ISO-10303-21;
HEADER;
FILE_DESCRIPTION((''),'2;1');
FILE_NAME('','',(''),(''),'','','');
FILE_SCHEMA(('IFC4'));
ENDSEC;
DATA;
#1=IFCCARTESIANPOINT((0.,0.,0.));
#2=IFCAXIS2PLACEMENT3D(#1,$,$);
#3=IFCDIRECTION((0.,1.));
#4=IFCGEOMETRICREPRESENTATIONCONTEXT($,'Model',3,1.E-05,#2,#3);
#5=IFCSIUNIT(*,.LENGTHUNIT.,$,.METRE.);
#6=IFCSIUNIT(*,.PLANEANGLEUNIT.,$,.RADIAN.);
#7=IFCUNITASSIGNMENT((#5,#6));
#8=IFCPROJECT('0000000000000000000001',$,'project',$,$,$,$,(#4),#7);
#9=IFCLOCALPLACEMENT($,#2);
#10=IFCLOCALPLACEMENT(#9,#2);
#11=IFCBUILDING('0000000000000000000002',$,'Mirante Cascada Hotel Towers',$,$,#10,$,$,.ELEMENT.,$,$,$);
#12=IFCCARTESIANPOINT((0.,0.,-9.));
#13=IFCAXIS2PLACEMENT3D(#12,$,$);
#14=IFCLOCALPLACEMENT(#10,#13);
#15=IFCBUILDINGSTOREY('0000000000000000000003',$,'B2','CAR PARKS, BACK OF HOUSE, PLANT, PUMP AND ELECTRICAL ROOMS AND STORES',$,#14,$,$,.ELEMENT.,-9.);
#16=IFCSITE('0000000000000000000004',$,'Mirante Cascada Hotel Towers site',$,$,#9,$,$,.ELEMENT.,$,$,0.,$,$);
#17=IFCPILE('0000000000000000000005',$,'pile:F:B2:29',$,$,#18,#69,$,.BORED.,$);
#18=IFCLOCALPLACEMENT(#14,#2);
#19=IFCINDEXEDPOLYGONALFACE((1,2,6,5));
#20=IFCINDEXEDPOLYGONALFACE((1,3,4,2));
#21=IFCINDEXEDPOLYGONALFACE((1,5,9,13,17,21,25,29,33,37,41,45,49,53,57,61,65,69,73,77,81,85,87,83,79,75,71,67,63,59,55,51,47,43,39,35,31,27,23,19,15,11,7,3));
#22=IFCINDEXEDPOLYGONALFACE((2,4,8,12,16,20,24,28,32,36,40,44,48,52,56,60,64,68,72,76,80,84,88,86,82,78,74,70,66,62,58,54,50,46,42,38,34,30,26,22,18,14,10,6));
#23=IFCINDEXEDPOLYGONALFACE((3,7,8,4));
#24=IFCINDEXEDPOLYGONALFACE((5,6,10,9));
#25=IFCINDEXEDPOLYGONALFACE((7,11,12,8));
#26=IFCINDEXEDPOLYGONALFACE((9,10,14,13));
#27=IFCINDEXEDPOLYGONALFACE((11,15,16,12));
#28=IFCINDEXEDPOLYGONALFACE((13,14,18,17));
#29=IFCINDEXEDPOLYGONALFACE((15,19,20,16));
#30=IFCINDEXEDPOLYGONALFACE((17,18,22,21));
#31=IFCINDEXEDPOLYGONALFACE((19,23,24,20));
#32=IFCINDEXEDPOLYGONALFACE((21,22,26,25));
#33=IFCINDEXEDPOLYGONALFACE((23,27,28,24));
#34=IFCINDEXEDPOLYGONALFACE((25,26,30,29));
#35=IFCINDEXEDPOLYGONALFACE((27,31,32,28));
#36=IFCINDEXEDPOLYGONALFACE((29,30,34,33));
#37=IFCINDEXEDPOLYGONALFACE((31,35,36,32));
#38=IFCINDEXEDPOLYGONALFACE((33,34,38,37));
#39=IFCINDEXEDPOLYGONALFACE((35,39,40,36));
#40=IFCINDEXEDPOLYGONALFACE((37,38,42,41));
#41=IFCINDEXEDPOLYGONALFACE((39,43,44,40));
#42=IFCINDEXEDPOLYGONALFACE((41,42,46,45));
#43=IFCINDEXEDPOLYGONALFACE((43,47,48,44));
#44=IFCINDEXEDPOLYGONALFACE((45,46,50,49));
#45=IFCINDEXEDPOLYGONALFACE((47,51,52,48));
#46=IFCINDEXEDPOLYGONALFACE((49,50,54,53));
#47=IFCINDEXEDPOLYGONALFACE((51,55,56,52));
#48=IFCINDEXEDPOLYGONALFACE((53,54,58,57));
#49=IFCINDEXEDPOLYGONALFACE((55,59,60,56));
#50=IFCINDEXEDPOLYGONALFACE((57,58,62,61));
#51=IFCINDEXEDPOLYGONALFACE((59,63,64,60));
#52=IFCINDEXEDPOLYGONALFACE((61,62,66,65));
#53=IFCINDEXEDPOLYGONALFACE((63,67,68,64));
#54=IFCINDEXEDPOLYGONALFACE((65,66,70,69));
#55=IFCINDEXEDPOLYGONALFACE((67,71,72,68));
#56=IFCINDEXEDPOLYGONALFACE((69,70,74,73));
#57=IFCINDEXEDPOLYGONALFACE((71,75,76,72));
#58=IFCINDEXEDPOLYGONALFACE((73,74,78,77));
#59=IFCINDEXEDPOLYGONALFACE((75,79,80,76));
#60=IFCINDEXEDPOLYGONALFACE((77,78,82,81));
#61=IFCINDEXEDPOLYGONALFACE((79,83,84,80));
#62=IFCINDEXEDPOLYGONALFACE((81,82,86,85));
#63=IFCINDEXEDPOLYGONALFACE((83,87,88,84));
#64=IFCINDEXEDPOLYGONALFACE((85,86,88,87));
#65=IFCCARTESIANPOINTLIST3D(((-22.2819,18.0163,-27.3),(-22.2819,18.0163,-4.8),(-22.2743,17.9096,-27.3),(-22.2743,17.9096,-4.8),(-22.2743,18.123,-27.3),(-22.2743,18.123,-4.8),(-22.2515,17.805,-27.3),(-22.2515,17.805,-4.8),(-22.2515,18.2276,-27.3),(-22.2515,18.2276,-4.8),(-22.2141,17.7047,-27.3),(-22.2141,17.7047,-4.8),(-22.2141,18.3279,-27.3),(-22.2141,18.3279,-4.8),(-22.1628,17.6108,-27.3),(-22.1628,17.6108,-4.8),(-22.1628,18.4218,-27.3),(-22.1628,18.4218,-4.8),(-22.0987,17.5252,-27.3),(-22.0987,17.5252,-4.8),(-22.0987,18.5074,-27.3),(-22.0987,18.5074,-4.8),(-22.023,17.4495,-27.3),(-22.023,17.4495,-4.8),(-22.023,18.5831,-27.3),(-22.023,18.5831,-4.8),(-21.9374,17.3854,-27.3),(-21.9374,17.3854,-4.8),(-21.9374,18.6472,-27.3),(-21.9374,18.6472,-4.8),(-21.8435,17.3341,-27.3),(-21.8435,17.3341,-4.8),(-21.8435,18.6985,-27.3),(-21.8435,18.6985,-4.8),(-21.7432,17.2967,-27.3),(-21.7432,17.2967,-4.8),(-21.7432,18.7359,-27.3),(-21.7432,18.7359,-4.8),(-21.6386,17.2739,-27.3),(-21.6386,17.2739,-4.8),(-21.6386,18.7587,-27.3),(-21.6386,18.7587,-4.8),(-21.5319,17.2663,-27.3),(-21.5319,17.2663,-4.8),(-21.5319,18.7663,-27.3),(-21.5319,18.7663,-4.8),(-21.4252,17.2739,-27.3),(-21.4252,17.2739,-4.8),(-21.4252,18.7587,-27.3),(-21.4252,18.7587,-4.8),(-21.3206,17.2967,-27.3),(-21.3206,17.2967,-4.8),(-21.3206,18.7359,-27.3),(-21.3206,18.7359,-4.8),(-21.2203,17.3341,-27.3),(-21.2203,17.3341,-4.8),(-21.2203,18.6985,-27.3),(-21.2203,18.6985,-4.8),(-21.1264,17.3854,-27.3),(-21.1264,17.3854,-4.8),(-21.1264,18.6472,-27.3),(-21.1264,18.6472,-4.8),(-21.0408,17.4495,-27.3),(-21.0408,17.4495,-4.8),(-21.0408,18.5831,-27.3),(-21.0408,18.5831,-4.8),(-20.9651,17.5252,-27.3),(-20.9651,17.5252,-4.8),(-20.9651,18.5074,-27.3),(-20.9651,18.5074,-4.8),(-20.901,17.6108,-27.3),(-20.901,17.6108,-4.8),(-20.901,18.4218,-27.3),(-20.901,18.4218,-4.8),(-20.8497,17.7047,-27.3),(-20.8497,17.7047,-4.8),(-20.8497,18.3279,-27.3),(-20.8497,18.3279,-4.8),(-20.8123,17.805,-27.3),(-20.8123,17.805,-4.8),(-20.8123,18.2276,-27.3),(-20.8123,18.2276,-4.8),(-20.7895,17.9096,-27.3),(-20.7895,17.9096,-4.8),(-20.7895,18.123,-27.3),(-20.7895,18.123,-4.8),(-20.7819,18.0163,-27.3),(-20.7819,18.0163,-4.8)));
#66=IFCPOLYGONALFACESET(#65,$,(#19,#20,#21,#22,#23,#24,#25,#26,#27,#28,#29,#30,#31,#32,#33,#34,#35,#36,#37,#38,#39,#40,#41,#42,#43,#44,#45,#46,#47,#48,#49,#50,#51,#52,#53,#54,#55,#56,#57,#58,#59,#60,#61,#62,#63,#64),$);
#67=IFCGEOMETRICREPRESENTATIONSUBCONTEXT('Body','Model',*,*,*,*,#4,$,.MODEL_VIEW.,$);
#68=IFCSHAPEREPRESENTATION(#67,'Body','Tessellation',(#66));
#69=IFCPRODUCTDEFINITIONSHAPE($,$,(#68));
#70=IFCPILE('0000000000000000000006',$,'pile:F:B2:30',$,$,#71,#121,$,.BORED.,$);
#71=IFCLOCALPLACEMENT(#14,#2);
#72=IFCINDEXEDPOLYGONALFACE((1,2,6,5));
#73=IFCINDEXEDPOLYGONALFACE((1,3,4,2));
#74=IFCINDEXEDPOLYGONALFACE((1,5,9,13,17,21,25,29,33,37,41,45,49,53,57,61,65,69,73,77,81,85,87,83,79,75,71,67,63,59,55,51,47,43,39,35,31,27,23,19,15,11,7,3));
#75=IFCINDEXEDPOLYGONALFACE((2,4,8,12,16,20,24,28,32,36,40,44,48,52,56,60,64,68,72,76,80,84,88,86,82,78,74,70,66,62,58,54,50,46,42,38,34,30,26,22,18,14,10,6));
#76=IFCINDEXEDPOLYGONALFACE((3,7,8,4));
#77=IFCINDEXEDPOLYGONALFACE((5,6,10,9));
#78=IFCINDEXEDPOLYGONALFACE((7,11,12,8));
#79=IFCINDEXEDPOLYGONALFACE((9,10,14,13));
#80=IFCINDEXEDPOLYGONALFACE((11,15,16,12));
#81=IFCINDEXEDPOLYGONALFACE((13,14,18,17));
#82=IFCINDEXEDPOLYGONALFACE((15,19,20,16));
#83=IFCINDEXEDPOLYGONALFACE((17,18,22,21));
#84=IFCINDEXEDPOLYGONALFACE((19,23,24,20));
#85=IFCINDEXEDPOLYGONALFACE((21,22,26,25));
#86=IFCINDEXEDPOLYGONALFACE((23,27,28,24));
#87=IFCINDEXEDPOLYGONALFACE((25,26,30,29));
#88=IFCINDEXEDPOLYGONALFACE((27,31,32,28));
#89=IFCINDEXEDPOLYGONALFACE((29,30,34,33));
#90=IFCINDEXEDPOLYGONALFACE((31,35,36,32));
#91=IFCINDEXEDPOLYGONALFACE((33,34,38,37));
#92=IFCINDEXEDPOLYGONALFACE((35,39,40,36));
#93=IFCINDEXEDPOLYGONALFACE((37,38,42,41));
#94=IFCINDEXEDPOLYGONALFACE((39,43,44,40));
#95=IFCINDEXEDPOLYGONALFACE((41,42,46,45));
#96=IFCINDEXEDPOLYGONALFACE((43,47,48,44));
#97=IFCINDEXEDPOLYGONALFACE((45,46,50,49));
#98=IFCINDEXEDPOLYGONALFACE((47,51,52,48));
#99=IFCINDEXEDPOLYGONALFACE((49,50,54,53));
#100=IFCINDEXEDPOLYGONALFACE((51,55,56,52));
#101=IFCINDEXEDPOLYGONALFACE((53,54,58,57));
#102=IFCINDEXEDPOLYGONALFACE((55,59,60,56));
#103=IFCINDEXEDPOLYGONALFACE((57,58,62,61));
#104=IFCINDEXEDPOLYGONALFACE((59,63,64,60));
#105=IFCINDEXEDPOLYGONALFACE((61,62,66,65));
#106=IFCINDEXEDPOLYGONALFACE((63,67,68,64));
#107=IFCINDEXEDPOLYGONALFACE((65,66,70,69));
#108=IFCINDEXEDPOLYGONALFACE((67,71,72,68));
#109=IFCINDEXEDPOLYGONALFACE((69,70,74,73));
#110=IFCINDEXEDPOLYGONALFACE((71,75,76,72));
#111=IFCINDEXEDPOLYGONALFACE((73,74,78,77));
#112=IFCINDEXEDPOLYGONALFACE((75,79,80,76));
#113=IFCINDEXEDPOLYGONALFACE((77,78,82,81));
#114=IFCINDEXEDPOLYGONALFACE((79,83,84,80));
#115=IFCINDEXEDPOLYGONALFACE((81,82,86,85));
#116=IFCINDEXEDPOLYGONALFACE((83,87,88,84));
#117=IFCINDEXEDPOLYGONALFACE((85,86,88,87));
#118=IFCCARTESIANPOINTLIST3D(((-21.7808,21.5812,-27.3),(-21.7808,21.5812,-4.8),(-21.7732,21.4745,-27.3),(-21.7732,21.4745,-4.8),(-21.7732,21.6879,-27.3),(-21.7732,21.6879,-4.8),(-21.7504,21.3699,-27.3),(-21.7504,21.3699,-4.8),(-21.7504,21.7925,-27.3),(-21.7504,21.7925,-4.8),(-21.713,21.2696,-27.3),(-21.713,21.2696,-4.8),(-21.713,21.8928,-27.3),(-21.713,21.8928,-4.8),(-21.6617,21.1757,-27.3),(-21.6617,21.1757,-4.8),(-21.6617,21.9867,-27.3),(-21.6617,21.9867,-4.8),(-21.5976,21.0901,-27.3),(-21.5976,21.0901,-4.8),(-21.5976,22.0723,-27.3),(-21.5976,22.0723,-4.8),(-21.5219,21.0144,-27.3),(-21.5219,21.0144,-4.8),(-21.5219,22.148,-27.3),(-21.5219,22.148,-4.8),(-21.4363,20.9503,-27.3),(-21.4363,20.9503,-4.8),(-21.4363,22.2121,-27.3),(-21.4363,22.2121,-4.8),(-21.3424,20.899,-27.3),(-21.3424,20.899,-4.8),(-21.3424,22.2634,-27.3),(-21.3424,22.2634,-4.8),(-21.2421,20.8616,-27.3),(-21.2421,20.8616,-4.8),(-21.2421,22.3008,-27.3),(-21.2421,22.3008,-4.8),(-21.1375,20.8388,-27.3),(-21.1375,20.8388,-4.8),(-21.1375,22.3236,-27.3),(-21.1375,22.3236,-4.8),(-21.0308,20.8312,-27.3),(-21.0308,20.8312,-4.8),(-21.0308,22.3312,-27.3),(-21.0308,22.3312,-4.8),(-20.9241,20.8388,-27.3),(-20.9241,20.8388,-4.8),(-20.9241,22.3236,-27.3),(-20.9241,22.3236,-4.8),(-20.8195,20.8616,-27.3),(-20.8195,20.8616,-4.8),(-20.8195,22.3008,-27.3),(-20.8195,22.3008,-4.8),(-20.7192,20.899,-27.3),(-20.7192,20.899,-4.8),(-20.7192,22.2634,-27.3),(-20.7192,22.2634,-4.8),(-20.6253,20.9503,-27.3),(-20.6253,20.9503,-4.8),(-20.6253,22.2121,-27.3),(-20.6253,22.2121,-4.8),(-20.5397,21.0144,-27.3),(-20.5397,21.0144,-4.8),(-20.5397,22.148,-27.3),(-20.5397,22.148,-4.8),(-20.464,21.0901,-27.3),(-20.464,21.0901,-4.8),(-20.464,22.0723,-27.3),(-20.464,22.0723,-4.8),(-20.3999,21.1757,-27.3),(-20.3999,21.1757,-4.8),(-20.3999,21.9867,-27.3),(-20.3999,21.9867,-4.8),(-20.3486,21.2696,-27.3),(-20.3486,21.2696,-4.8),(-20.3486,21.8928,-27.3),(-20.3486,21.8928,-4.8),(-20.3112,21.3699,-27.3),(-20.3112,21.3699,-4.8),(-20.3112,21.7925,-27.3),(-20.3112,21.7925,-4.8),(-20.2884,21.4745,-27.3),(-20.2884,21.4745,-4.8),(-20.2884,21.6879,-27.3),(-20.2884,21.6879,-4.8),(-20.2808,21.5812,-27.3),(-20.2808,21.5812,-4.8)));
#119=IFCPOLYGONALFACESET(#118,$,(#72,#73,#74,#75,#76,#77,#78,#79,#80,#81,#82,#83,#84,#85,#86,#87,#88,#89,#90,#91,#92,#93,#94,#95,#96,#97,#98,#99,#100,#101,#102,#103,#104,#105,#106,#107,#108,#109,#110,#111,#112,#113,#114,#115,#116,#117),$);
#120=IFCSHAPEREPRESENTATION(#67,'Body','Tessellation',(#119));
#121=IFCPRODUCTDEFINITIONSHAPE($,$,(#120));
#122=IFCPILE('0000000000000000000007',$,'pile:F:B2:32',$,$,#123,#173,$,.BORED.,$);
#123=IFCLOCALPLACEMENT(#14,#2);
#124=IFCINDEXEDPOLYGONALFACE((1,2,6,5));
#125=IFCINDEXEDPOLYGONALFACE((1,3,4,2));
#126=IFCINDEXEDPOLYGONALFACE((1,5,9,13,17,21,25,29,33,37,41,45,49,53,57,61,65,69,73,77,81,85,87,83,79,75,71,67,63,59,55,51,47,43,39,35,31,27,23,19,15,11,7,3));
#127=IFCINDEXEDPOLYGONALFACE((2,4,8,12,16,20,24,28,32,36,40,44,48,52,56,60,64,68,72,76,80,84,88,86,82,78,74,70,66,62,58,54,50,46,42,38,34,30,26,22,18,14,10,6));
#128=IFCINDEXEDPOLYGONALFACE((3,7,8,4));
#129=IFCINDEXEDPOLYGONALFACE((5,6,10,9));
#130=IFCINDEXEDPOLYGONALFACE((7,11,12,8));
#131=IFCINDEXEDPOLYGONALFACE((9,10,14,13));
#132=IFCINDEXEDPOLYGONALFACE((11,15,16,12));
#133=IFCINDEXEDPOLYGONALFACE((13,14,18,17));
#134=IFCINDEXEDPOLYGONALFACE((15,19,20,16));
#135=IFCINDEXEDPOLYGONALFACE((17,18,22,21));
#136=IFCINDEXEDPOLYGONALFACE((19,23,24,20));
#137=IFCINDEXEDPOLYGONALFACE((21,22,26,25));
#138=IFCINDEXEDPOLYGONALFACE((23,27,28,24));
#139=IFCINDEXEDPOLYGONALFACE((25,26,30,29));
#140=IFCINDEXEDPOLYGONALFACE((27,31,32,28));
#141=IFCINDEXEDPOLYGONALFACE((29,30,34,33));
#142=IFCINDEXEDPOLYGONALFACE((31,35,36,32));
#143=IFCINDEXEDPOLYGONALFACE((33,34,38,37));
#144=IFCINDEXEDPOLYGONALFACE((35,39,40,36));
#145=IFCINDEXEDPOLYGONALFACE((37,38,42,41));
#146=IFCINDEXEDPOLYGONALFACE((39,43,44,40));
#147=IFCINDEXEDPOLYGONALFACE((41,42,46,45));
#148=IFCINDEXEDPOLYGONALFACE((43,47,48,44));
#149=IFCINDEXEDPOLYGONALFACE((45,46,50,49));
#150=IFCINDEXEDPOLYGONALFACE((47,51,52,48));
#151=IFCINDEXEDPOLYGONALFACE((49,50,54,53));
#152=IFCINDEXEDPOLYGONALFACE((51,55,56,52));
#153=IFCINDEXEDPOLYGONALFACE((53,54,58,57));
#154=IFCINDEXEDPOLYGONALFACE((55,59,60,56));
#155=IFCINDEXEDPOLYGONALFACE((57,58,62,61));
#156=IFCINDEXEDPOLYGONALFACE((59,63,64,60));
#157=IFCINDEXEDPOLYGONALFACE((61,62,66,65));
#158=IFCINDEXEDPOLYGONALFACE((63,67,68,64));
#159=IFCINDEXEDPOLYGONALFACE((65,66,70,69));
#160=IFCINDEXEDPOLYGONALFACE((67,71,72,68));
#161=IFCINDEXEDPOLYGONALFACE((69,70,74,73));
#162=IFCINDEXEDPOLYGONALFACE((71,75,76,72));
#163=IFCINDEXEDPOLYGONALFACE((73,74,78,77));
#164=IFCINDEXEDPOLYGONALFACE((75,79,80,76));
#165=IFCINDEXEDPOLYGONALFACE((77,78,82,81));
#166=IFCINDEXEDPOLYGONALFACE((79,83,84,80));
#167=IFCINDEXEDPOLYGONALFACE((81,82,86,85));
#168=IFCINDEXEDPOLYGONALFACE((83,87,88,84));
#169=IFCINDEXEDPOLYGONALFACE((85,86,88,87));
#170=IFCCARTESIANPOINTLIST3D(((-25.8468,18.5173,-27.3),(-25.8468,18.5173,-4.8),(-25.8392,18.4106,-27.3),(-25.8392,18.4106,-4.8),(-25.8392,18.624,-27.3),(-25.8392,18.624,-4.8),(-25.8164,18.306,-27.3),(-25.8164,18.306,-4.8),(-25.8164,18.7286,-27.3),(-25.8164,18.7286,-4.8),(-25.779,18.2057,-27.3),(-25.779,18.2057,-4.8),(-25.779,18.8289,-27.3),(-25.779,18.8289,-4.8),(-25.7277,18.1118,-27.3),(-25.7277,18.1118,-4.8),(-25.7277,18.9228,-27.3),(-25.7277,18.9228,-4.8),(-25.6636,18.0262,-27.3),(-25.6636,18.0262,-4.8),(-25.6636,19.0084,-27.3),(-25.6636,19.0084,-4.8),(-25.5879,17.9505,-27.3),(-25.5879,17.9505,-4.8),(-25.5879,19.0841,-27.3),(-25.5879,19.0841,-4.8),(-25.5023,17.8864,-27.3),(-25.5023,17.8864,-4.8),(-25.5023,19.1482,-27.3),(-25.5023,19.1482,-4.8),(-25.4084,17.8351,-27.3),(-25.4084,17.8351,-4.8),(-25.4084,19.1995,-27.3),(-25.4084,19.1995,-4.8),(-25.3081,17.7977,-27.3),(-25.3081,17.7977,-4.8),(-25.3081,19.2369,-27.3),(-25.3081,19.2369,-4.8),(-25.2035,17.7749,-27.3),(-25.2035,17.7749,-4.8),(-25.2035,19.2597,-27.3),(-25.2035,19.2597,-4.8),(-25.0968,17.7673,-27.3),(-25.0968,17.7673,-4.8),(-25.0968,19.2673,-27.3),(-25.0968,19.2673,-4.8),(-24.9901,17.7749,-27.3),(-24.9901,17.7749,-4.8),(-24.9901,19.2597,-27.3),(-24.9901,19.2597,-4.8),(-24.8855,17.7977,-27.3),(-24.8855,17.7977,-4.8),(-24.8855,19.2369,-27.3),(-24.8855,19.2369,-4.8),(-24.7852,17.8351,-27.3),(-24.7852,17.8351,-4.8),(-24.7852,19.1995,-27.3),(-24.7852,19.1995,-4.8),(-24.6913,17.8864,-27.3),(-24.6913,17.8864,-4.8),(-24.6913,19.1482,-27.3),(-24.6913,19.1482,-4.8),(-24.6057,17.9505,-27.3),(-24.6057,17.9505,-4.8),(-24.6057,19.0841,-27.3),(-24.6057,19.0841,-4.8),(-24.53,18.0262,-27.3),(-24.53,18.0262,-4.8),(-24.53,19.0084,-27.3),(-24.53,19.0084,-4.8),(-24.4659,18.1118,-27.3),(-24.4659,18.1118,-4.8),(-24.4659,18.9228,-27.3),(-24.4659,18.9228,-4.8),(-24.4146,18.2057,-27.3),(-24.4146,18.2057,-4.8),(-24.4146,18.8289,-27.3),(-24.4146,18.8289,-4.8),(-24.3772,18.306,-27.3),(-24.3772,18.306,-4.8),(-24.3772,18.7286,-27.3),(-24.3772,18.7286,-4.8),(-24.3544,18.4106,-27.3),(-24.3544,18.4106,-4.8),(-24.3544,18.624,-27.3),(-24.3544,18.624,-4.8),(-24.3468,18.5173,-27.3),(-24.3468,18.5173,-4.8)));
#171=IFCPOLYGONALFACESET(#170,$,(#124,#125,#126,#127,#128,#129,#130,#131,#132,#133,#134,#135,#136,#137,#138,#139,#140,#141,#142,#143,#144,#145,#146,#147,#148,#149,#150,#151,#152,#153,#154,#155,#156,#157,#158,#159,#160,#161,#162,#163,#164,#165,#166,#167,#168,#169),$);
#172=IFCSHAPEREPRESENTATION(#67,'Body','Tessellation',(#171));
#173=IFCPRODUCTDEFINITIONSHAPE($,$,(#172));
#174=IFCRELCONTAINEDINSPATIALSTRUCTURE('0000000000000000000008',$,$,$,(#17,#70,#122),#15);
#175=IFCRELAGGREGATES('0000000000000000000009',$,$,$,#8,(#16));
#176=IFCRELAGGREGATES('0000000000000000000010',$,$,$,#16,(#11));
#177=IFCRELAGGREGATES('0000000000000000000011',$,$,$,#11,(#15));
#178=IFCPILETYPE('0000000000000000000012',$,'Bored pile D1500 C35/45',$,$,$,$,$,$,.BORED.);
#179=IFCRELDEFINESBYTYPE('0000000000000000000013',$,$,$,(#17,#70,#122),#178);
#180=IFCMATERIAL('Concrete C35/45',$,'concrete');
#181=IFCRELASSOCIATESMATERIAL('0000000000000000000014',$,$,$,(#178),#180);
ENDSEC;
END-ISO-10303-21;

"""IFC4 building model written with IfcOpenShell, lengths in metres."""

from ifc_helpers import new_model, si_unit, direction, frame, origin, origin_2d, place, context, subcontext, project, spatial, circle, extrude, material, material_profile, profile_set, type_object, element, save


model = new_model("IFC4")

# Units and contexts
model_context = context("Model", 3, precision=1e-05, world=origin(), true_north=direction((0.0, 1.0)))
body_context = subcontext(model_context, "Body", "Model", "MODEL_VIEW")
ifc_project = project(units=[si_unit("LENGTHUNIT", "METRE"), si_unit("PLANEANGLEUNIT", "RADIAN")], contexts=[model_context])

# Site, building, storey
site_placement = place(None, origin())
site = spatial("IfcSite", under=ifc_project, at=site_placement, Name="Mirante Cascada Hotel Towers site", CompositionType="ELEMENT", RefElevation=0.0)
building_placement = place(site_placement, origin())
building = spatial("IfcBuilding", under=site, at=building_placement, Name="Mirante Cascada Hotel Towers", CompositionType="ELEMENT")
storey_placement = place(building_placement, frame((0.0, 0.0, -9.0)))
storey = spatial("IfcBuildingStorey", under=building, at=storey_placement, Name="B2", Description="CAR PARKS, BACK OF HOUSE, PLANT, PUMP AND ELECTRICAL ROOMS AND STORES", CompositionType="ELEMENT", Elevation=-9.0)

# Piles
ifc_material_1 = material(Name="Concrete C35/45", Category="concrete")
ifc_material_profile_1 = material_profile(ifc_material_1, circle(Radius=0.75, at=origin_2d()), Name="RC D1500")
ifc_profile_set_1 = profile_set([ifc_material_profile_1], Name="Concrete C35/45")
pile_type = type_object("IfcPileType", Name="Bored pile D1500 C35/45", PredefinedType="BORED", material=ifc_profile_set_1)
for number, where, z_axis, x_axis, name in (
    (1, (-21.5319, 18.0163, -4.8), (0.0, 0.0, -1.0), (1.0, 0.0, 0.0), "pile:F:B2:29"),
    (2, (-21.0308, 21.5812, -4.8), (0.0, 0.0, -1.0), (1.0, 0.0, 0.0), "pile:F:B2:30"),
    (3, (-25.0968, 18.5173, -4.8), (0.0, 0.0, -1.0), (1.0, 0.0, 0.0), "pile:F:B2:32"),
):
    element("IfcPile", number, at=place(storey_placement, frame(where, z_axis=z_axis, x_axis=x_axis)), inside=storey, type_object=pile_type, Name=name, PredefinedType="BORED", context=body_context, shape_type="SweptSolid", body=[
        extrude(circle(Radius=0.75, at=origin_2d()), origin(), (0.0, 0.0, 1.0), 22.5),
    ])

save(model, "model.ifc")
